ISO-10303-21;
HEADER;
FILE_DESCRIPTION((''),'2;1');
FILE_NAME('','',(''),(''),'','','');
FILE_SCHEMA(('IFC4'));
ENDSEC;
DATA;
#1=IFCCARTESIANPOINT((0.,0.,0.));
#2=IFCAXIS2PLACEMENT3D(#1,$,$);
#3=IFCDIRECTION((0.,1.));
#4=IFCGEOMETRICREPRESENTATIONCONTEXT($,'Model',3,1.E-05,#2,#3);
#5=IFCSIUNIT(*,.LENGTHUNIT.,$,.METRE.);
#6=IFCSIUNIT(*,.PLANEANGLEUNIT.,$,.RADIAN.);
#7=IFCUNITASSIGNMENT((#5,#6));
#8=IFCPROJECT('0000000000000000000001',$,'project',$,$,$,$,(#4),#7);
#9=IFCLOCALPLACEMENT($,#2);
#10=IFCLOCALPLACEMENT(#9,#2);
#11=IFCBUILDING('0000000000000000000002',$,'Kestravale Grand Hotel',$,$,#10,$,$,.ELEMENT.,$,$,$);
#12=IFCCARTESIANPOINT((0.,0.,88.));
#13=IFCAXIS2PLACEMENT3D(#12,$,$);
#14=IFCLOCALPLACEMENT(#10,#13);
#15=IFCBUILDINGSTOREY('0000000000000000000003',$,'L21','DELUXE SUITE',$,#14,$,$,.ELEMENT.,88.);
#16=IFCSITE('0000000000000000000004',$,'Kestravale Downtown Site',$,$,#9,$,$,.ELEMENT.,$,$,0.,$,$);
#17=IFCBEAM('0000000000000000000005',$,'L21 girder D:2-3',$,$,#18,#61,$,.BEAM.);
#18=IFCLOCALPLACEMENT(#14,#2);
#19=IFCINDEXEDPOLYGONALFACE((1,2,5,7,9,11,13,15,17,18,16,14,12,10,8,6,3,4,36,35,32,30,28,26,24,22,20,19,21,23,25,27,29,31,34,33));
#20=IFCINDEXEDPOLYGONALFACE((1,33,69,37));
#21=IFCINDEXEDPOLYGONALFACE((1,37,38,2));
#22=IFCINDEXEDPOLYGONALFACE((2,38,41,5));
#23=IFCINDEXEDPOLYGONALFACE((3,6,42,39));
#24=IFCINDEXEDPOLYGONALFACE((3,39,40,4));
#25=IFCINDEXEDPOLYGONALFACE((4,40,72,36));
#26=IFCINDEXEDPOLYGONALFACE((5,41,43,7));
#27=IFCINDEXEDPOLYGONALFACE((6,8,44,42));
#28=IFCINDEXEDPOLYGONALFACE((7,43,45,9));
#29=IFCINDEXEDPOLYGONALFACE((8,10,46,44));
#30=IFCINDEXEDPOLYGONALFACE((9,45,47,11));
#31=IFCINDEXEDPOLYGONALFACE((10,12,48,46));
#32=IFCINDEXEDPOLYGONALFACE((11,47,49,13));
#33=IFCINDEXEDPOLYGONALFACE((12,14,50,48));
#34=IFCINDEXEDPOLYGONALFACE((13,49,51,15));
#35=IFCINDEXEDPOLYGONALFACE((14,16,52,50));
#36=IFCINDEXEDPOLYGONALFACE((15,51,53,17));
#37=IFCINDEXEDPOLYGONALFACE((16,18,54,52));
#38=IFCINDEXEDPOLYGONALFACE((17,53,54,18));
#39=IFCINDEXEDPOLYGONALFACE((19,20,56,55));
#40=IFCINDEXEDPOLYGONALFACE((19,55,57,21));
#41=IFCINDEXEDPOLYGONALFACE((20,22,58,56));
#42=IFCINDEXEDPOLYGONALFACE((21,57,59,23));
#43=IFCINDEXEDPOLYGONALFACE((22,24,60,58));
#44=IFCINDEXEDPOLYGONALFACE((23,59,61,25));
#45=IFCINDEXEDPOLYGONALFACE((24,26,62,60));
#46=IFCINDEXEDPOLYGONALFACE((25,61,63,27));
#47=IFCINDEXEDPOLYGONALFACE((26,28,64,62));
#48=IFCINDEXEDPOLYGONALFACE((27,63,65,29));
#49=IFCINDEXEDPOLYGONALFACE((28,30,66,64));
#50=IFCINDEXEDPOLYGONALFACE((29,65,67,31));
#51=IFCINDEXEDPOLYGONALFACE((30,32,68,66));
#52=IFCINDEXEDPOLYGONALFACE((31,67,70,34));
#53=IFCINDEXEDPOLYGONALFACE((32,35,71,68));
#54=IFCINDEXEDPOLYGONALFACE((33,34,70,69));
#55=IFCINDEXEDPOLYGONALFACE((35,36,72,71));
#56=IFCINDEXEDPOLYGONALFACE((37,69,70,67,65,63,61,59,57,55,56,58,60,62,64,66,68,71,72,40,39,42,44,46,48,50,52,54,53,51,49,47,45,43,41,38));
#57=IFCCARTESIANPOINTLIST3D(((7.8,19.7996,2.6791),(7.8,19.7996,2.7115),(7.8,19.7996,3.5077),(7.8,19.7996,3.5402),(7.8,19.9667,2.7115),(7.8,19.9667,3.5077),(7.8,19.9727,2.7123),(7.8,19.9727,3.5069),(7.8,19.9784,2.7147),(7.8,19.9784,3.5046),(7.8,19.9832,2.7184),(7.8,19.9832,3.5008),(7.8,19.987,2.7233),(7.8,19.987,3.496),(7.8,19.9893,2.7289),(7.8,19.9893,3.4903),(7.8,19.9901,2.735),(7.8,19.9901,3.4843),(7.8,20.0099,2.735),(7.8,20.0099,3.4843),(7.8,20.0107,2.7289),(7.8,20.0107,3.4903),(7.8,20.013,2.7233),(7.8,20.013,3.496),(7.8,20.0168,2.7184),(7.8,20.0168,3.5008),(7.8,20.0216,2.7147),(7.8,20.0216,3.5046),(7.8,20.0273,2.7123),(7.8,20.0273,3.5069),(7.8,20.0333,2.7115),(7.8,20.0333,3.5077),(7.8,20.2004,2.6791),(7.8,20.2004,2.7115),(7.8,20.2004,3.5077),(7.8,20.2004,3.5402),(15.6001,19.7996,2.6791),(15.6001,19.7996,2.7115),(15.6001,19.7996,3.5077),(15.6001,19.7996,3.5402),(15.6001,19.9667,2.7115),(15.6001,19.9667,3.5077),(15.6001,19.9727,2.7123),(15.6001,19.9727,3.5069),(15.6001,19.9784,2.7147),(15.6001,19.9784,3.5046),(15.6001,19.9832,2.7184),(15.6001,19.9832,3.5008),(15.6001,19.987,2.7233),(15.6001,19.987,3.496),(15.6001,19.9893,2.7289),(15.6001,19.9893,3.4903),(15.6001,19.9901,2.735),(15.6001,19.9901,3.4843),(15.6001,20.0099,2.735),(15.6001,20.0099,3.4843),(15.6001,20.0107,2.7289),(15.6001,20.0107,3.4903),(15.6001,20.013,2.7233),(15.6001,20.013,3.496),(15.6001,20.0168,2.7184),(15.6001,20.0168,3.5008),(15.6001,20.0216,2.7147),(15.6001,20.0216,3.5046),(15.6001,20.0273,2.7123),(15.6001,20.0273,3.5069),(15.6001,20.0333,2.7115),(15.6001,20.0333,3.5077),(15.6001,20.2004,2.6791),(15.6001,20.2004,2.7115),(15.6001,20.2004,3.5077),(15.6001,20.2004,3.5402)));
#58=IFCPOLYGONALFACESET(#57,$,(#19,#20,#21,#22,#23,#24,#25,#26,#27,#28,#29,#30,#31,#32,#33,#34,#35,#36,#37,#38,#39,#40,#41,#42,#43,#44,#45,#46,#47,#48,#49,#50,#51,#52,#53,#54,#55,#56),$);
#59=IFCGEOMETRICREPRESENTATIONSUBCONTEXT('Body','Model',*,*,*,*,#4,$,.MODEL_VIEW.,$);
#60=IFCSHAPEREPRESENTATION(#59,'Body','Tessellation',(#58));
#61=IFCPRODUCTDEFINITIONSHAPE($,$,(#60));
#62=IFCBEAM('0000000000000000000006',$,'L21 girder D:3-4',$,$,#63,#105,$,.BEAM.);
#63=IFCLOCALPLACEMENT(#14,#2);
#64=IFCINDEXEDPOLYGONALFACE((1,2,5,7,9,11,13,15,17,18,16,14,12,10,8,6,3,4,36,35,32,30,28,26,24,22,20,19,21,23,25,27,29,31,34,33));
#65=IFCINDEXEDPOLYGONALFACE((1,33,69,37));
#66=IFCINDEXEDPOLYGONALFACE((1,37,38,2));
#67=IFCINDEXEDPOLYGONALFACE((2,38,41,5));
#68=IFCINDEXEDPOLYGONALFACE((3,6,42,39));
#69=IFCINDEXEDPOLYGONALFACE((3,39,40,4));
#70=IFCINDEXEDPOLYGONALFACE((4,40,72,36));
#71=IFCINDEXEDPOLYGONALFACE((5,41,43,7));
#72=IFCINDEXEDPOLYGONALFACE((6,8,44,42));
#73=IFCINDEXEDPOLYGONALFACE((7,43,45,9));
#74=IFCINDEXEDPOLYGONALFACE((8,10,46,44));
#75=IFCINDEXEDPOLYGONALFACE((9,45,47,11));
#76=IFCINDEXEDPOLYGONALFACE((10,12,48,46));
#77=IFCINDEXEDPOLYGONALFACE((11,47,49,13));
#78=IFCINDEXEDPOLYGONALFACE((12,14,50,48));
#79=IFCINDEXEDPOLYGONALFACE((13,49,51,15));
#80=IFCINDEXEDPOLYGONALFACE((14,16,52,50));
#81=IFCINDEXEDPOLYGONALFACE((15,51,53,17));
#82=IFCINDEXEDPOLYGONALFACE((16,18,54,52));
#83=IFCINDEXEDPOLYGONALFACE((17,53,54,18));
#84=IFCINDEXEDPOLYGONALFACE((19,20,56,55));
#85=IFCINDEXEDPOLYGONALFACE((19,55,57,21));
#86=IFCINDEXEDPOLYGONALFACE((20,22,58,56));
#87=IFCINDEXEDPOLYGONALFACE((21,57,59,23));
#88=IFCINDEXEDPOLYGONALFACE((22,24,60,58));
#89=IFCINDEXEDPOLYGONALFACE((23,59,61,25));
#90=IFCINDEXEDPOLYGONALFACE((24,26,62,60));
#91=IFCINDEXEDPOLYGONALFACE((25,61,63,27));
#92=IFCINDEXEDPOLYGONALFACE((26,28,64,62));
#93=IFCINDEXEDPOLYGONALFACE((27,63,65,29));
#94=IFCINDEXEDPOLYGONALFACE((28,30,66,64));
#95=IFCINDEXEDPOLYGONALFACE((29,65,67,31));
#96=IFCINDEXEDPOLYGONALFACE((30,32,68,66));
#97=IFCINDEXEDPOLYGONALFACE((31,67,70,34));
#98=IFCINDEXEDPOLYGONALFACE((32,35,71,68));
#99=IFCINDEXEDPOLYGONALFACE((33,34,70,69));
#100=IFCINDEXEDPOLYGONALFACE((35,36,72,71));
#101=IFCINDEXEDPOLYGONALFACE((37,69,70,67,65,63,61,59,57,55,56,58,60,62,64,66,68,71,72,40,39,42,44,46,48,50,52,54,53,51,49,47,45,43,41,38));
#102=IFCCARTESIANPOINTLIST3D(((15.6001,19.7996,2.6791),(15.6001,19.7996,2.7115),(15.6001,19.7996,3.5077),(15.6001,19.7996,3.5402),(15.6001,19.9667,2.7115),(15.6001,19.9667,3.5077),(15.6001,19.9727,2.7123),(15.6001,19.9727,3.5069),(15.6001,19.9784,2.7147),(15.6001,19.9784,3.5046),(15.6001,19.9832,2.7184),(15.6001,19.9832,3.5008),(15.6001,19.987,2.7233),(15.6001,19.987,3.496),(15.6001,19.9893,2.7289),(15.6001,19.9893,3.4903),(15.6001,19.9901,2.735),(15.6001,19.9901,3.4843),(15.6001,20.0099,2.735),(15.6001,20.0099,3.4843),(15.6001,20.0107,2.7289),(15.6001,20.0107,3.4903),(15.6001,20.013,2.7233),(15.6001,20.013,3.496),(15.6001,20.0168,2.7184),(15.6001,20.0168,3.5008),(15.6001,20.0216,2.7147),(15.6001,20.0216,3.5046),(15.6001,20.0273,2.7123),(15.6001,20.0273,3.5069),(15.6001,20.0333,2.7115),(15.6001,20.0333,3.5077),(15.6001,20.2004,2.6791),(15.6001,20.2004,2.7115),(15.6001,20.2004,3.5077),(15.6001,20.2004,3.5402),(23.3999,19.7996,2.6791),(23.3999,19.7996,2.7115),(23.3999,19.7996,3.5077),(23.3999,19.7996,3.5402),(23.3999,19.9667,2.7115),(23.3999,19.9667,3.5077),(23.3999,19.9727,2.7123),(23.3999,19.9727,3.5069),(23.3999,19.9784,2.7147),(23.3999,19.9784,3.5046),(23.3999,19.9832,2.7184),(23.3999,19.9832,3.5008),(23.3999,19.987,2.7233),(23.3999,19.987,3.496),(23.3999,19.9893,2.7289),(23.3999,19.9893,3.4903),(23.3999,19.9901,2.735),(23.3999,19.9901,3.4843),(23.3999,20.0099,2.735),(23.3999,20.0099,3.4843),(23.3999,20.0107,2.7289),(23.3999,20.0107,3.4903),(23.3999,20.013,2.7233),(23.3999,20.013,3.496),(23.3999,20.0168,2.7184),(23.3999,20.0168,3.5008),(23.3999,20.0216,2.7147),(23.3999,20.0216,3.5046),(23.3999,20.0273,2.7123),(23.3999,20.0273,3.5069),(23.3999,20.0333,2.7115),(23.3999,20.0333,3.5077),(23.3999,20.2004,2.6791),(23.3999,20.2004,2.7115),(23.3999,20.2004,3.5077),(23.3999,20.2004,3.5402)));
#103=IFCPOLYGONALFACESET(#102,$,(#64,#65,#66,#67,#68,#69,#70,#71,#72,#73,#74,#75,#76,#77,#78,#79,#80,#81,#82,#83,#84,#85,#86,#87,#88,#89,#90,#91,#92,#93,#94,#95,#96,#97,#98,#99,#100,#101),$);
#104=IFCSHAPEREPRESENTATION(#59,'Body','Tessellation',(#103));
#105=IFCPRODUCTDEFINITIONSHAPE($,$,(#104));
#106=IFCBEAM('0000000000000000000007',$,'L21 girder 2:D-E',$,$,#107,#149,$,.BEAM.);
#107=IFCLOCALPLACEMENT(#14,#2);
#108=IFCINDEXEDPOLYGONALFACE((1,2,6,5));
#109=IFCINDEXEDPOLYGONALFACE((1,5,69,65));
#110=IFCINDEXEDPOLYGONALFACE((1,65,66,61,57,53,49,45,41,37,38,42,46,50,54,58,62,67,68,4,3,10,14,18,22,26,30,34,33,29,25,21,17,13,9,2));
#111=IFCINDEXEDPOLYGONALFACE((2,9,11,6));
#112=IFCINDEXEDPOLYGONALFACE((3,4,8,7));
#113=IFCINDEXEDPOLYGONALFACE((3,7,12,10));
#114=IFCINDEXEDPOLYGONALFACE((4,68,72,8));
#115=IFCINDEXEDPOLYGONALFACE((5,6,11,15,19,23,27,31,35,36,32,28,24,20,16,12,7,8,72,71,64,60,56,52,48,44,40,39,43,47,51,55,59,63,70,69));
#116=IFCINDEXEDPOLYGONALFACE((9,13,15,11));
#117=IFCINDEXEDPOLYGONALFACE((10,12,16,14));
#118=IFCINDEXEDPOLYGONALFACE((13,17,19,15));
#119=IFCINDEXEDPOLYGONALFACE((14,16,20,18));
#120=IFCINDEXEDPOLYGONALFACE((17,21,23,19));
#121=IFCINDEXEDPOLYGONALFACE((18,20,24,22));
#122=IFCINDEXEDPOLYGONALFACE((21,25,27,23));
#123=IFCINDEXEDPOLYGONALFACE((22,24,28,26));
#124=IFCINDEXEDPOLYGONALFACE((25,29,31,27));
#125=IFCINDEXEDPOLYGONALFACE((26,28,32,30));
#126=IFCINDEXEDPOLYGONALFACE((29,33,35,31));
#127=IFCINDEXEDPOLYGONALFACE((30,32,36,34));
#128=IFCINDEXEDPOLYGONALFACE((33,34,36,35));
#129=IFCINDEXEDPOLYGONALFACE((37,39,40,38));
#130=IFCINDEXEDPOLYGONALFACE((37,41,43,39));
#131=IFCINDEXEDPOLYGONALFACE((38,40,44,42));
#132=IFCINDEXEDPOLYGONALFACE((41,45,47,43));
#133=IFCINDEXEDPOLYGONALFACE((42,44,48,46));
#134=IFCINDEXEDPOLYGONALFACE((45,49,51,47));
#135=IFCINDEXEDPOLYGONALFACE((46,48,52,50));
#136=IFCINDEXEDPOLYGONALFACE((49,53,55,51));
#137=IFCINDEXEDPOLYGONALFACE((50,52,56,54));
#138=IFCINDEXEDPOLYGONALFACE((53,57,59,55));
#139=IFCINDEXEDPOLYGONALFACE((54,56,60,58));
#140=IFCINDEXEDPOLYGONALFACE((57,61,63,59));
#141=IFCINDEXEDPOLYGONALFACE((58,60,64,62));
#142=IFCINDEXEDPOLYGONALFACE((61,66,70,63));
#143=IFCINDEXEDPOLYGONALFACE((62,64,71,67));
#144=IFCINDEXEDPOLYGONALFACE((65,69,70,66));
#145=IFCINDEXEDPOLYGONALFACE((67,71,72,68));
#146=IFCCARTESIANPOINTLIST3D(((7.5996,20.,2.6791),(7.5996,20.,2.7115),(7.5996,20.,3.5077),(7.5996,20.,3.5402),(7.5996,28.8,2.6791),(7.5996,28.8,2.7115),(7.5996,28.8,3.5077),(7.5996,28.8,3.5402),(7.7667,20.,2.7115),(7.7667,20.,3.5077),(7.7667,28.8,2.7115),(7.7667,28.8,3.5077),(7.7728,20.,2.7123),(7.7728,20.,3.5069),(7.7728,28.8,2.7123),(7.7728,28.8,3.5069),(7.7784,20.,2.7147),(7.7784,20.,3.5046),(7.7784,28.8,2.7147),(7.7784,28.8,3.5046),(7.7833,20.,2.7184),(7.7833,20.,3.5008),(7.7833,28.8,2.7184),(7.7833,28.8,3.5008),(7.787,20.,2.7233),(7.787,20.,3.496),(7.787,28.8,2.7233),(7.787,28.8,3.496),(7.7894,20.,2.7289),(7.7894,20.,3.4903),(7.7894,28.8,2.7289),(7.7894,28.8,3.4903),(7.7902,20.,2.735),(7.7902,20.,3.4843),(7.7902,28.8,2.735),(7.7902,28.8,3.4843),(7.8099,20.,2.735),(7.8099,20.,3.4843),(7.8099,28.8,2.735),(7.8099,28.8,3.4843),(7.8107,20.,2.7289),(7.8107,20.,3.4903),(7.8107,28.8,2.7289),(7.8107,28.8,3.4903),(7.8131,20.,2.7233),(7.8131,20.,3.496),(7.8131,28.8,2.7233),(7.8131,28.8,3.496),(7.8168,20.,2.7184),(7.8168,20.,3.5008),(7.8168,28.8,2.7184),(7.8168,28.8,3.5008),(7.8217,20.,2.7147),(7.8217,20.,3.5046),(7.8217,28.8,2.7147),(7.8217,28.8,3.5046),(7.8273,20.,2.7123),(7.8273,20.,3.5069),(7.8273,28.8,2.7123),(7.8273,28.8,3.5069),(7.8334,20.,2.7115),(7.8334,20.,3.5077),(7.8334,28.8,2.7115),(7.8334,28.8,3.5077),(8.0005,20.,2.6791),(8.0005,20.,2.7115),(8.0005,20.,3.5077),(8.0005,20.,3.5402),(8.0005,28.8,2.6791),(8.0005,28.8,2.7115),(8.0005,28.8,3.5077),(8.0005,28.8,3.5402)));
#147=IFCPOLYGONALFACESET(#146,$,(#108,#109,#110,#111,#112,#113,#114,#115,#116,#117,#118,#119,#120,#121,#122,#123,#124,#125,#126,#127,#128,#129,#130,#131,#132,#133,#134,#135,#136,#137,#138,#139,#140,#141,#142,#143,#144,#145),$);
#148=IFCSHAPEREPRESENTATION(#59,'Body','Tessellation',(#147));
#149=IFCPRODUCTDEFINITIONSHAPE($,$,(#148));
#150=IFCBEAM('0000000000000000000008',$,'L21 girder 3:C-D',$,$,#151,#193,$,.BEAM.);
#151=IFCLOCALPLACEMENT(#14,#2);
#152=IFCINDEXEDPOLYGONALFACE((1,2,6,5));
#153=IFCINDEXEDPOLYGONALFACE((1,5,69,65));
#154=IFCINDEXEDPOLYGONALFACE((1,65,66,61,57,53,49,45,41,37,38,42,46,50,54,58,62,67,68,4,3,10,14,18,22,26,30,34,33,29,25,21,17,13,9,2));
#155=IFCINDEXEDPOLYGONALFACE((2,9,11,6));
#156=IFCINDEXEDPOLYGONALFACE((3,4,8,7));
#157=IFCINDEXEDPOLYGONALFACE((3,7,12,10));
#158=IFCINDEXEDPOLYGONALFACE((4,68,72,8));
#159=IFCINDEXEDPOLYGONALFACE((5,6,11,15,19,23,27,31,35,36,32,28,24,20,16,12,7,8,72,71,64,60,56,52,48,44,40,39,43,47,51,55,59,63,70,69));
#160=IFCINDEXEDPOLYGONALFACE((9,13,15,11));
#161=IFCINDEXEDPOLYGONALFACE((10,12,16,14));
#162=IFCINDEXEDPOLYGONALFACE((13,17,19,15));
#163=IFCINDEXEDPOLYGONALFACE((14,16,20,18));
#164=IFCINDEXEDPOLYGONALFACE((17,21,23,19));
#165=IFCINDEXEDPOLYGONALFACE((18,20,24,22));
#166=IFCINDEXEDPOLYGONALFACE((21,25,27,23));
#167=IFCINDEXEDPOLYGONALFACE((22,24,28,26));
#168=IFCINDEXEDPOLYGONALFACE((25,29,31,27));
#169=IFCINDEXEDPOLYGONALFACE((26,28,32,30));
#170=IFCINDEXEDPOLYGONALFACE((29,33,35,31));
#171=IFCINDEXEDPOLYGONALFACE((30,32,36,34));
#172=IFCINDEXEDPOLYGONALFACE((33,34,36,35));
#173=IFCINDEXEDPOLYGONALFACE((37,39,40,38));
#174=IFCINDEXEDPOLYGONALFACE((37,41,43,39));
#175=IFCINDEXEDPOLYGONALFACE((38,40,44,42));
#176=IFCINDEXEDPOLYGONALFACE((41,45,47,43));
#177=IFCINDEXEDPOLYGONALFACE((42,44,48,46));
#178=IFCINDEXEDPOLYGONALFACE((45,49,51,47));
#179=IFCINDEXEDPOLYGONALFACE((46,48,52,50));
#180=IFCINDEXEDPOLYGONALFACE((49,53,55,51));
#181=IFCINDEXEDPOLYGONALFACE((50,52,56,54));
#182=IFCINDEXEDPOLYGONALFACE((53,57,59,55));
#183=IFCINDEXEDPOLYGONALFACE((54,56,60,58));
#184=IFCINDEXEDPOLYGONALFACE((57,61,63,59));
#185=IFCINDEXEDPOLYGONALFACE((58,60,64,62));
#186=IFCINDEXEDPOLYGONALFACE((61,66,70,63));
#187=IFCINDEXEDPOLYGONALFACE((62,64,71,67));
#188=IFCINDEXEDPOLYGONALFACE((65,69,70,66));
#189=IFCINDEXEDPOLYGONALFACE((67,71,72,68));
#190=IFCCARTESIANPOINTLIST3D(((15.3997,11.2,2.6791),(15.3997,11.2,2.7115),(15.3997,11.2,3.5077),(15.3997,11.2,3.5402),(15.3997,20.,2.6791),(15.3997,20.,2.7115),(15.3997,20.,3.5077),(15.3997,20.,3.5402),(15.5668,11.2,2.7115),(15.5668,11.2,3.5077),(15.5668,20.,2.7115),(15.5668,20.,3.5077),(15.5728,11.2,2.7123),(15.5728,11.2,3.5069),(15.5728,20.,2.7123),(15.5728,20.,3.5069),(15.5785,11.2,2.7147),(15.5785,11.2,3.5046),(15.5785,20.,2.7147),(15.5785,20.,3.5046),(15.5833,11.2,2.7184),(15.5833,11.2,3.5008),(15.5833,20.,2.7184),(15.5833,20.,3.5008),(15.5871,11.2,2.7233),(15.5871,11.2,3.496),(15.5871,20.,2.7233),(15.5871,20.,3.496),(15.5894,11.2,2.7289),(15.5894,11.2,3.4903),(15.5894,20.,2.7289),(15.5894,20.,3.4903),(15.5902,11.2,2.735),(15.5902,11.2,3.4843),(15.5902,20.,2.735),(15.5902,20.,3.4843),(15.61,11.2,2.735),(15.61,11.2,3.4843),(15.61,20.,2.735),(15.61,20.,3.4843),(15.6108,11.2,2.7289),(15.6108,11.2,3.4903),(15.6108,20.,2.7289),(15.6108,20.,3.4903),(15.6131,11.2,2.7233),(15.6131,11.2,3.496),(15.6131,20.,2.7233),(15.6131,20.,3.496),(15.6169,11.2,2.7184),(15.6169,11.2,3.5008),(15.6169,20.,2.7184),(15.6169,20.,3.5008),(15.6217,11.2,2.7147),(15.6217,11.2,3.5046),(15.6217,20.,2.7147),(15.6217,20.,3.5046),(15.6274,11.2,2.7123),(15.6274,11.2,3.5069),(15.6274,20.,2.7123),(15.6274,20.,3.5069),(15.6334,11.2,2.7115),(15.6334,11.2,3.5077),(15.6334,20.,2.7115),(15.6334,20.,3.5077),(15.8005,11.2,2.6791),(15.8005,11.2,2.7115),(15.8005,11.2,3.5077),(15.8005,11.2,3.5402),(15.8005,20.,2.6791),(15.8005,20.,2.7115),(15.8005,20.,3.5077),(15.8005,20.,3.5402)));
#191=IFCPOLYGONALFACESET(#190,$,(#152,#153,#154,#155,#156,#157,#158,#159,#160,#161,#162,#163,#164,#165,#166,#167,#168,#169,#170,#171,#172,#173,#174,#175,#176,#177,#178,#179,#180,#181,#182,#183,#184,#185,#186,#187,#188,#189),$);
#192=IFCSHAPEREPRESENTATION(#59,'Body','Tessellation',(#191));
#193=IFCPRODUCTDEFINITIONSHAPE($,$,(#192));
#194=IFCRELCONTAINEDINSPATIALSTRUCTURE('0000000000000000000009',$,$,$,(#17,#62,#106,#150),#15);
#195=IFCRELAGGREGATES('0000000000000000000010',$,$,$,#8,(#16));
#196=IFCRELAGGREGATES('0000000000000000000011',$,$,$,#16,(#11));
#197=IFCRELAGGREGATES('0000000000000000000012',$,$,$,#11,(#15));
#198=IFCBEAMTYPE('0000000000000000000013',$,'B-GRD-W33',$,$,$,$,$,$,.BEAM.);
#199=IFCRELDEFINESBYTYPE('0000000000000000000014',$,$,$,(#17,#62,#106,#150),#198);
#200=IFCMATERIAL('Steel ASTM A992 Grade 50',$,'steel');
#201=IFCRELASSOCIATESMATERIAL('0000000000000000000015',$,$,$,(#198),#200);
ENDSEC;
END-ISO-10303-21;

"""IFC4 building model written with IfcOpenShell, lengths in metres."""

from ifc_helpers import new_model, si_unit, direction, frame, origin, origin_2d, place, context, subcontext, project, spatial, i_section, extrude, material, material_profile, profile_set, type_object, element, save


model = new_model("IFC4")

# Units and contexts
model_context = context("Model", 3, precision=1e-05, world=origin(), true_north=direction((0.0, 1.0)))
body_context = subcontext(model_context, "Body", "Model", "MODEL_VIEW")
ifc_project = project(units=[si_unit("LENGTHUNIT", "METRE"), si_unit("PLANEANGLEUNIT", "RADIAN")], contexts=[model_context])

# Site, building, storey
site_placement = place(None, origin())
site = spatial("IfcSite", under=ifc_project, at=site_placement, Name="Kestravale Downtown Site", CompositionType="ELEMENT", RefElevation=0.0)
building_placement = place(site_placement, origin())
building = spatial("IfcBuilding", under=site, at=building_placement, Name="Kestravale Grand Hotel", CompositionType="ELEMENT")
storey_placement = place(building_placement, frame((0.0, 0.0, 88.0)))
storey = spatial("IfcBuildingStorey", under=building, at=storey_placement, Name="L21", Description="DELUXE SUITE", CompositionType="ELEMENT", Elevation=88.0)

# Beams
ifc_material_1 = material(Name="Steel ASTM A992 Grade 50", Category="steel")
ifc_material_profile_1 = material_profile(ifc_material_1, i_section(OverallWidth=0.4009, OverallDepth=0.8611, WebThickness=0.0198, FlangeThickness=0.0325, FilletRadius=0.0234, at=origin_2d()))
ifc_profile_set_1 = profile_set([ifc_material_profile_1], Name="Steel ASTM A992 Grade 50")
beam_type_1 = type_object("IfcBeamType", Name="B-GRD-W33", PredefinedType="BEAM", material=ifc_profile_set_1)
beam_1_placement = place(storey_placement, frame((7.8, 20.0, 3.1096), z_axis=(1.0, 0.0, 0.0), x_axis=(0.0, 1.0, 0.0)))
element("IfcBeam", 1, at=beam_1_placement, inside=storey, type_object=beam_type_1, Name="L21 girder D:2-3", PredefinedType="BEAM", context=body_context, shape_type="SweptSolid", body=[
    extrude(i_section(OverallWidth=0.4009, OverallDepth=0.8611, WebThickness=0.0198, FlangeThickness=0.0325, FilletRadius=0.0234, at=origin_2d()), origin(), (0.0, 0.0, 1.0), 7.8),
])
beam_2_placement = place(storey_placement, frame((15.6001, 20.0, 3.1096), z_axis=(1.0, 0.0, 0.0), x_axis=(0.0, 1.0, 0.0)))
element("IfcBeam", 2, at=beam_2_placement, inside=storey, type_object=beam_type_1, Name="L21 girder D:3-4", PredefinedType="BEAM", context=body_context, shape_type="SweptSolid", body=[
    extrude(i_section(OverallWidth=0.4009, OverallDepth=0.8611, WebThickness=0.0198, FlangeThickness=0.0325, FilletRadius=0.0234, at=origin_2d()), origin(), (0.0, 0.0, 1.0), 7.7998),
])
for number, where, z_axis, x_axis, name in (
    (3, (7.8, 20.0, 3.1096), (0.0, 1.0, 0.0), (-1.0, 0.0, 0.0), "L21 girder 2:D-E"),
    (4, (15.6001, 11.2, 3.1096), (0.0, 1.0, 0.0), (-1.0, 0.0, 0.0), "L21 girder 3:C-D"),
):
    element("IfcBeam", number, at=place(storey_placement, frame(where, z_axis=z_axis, x_axis=x_axis)), inside=storey, type_object=beam_type_1, Name=name, PredefinedType="BEAM", context=body_context, shape_type="SweptSolid", body=[
        extrude(i_section(OverallWidth=0.4009, OverallDepth=0.8611, WebThickness=0.0198, FlangeThickness=0.0325, FilletRadius=0.0234, at=origin_2d()), origin(), (0.0, 0.0, 1.0), 8.8),
    ])

save(model, "model.ifc")
